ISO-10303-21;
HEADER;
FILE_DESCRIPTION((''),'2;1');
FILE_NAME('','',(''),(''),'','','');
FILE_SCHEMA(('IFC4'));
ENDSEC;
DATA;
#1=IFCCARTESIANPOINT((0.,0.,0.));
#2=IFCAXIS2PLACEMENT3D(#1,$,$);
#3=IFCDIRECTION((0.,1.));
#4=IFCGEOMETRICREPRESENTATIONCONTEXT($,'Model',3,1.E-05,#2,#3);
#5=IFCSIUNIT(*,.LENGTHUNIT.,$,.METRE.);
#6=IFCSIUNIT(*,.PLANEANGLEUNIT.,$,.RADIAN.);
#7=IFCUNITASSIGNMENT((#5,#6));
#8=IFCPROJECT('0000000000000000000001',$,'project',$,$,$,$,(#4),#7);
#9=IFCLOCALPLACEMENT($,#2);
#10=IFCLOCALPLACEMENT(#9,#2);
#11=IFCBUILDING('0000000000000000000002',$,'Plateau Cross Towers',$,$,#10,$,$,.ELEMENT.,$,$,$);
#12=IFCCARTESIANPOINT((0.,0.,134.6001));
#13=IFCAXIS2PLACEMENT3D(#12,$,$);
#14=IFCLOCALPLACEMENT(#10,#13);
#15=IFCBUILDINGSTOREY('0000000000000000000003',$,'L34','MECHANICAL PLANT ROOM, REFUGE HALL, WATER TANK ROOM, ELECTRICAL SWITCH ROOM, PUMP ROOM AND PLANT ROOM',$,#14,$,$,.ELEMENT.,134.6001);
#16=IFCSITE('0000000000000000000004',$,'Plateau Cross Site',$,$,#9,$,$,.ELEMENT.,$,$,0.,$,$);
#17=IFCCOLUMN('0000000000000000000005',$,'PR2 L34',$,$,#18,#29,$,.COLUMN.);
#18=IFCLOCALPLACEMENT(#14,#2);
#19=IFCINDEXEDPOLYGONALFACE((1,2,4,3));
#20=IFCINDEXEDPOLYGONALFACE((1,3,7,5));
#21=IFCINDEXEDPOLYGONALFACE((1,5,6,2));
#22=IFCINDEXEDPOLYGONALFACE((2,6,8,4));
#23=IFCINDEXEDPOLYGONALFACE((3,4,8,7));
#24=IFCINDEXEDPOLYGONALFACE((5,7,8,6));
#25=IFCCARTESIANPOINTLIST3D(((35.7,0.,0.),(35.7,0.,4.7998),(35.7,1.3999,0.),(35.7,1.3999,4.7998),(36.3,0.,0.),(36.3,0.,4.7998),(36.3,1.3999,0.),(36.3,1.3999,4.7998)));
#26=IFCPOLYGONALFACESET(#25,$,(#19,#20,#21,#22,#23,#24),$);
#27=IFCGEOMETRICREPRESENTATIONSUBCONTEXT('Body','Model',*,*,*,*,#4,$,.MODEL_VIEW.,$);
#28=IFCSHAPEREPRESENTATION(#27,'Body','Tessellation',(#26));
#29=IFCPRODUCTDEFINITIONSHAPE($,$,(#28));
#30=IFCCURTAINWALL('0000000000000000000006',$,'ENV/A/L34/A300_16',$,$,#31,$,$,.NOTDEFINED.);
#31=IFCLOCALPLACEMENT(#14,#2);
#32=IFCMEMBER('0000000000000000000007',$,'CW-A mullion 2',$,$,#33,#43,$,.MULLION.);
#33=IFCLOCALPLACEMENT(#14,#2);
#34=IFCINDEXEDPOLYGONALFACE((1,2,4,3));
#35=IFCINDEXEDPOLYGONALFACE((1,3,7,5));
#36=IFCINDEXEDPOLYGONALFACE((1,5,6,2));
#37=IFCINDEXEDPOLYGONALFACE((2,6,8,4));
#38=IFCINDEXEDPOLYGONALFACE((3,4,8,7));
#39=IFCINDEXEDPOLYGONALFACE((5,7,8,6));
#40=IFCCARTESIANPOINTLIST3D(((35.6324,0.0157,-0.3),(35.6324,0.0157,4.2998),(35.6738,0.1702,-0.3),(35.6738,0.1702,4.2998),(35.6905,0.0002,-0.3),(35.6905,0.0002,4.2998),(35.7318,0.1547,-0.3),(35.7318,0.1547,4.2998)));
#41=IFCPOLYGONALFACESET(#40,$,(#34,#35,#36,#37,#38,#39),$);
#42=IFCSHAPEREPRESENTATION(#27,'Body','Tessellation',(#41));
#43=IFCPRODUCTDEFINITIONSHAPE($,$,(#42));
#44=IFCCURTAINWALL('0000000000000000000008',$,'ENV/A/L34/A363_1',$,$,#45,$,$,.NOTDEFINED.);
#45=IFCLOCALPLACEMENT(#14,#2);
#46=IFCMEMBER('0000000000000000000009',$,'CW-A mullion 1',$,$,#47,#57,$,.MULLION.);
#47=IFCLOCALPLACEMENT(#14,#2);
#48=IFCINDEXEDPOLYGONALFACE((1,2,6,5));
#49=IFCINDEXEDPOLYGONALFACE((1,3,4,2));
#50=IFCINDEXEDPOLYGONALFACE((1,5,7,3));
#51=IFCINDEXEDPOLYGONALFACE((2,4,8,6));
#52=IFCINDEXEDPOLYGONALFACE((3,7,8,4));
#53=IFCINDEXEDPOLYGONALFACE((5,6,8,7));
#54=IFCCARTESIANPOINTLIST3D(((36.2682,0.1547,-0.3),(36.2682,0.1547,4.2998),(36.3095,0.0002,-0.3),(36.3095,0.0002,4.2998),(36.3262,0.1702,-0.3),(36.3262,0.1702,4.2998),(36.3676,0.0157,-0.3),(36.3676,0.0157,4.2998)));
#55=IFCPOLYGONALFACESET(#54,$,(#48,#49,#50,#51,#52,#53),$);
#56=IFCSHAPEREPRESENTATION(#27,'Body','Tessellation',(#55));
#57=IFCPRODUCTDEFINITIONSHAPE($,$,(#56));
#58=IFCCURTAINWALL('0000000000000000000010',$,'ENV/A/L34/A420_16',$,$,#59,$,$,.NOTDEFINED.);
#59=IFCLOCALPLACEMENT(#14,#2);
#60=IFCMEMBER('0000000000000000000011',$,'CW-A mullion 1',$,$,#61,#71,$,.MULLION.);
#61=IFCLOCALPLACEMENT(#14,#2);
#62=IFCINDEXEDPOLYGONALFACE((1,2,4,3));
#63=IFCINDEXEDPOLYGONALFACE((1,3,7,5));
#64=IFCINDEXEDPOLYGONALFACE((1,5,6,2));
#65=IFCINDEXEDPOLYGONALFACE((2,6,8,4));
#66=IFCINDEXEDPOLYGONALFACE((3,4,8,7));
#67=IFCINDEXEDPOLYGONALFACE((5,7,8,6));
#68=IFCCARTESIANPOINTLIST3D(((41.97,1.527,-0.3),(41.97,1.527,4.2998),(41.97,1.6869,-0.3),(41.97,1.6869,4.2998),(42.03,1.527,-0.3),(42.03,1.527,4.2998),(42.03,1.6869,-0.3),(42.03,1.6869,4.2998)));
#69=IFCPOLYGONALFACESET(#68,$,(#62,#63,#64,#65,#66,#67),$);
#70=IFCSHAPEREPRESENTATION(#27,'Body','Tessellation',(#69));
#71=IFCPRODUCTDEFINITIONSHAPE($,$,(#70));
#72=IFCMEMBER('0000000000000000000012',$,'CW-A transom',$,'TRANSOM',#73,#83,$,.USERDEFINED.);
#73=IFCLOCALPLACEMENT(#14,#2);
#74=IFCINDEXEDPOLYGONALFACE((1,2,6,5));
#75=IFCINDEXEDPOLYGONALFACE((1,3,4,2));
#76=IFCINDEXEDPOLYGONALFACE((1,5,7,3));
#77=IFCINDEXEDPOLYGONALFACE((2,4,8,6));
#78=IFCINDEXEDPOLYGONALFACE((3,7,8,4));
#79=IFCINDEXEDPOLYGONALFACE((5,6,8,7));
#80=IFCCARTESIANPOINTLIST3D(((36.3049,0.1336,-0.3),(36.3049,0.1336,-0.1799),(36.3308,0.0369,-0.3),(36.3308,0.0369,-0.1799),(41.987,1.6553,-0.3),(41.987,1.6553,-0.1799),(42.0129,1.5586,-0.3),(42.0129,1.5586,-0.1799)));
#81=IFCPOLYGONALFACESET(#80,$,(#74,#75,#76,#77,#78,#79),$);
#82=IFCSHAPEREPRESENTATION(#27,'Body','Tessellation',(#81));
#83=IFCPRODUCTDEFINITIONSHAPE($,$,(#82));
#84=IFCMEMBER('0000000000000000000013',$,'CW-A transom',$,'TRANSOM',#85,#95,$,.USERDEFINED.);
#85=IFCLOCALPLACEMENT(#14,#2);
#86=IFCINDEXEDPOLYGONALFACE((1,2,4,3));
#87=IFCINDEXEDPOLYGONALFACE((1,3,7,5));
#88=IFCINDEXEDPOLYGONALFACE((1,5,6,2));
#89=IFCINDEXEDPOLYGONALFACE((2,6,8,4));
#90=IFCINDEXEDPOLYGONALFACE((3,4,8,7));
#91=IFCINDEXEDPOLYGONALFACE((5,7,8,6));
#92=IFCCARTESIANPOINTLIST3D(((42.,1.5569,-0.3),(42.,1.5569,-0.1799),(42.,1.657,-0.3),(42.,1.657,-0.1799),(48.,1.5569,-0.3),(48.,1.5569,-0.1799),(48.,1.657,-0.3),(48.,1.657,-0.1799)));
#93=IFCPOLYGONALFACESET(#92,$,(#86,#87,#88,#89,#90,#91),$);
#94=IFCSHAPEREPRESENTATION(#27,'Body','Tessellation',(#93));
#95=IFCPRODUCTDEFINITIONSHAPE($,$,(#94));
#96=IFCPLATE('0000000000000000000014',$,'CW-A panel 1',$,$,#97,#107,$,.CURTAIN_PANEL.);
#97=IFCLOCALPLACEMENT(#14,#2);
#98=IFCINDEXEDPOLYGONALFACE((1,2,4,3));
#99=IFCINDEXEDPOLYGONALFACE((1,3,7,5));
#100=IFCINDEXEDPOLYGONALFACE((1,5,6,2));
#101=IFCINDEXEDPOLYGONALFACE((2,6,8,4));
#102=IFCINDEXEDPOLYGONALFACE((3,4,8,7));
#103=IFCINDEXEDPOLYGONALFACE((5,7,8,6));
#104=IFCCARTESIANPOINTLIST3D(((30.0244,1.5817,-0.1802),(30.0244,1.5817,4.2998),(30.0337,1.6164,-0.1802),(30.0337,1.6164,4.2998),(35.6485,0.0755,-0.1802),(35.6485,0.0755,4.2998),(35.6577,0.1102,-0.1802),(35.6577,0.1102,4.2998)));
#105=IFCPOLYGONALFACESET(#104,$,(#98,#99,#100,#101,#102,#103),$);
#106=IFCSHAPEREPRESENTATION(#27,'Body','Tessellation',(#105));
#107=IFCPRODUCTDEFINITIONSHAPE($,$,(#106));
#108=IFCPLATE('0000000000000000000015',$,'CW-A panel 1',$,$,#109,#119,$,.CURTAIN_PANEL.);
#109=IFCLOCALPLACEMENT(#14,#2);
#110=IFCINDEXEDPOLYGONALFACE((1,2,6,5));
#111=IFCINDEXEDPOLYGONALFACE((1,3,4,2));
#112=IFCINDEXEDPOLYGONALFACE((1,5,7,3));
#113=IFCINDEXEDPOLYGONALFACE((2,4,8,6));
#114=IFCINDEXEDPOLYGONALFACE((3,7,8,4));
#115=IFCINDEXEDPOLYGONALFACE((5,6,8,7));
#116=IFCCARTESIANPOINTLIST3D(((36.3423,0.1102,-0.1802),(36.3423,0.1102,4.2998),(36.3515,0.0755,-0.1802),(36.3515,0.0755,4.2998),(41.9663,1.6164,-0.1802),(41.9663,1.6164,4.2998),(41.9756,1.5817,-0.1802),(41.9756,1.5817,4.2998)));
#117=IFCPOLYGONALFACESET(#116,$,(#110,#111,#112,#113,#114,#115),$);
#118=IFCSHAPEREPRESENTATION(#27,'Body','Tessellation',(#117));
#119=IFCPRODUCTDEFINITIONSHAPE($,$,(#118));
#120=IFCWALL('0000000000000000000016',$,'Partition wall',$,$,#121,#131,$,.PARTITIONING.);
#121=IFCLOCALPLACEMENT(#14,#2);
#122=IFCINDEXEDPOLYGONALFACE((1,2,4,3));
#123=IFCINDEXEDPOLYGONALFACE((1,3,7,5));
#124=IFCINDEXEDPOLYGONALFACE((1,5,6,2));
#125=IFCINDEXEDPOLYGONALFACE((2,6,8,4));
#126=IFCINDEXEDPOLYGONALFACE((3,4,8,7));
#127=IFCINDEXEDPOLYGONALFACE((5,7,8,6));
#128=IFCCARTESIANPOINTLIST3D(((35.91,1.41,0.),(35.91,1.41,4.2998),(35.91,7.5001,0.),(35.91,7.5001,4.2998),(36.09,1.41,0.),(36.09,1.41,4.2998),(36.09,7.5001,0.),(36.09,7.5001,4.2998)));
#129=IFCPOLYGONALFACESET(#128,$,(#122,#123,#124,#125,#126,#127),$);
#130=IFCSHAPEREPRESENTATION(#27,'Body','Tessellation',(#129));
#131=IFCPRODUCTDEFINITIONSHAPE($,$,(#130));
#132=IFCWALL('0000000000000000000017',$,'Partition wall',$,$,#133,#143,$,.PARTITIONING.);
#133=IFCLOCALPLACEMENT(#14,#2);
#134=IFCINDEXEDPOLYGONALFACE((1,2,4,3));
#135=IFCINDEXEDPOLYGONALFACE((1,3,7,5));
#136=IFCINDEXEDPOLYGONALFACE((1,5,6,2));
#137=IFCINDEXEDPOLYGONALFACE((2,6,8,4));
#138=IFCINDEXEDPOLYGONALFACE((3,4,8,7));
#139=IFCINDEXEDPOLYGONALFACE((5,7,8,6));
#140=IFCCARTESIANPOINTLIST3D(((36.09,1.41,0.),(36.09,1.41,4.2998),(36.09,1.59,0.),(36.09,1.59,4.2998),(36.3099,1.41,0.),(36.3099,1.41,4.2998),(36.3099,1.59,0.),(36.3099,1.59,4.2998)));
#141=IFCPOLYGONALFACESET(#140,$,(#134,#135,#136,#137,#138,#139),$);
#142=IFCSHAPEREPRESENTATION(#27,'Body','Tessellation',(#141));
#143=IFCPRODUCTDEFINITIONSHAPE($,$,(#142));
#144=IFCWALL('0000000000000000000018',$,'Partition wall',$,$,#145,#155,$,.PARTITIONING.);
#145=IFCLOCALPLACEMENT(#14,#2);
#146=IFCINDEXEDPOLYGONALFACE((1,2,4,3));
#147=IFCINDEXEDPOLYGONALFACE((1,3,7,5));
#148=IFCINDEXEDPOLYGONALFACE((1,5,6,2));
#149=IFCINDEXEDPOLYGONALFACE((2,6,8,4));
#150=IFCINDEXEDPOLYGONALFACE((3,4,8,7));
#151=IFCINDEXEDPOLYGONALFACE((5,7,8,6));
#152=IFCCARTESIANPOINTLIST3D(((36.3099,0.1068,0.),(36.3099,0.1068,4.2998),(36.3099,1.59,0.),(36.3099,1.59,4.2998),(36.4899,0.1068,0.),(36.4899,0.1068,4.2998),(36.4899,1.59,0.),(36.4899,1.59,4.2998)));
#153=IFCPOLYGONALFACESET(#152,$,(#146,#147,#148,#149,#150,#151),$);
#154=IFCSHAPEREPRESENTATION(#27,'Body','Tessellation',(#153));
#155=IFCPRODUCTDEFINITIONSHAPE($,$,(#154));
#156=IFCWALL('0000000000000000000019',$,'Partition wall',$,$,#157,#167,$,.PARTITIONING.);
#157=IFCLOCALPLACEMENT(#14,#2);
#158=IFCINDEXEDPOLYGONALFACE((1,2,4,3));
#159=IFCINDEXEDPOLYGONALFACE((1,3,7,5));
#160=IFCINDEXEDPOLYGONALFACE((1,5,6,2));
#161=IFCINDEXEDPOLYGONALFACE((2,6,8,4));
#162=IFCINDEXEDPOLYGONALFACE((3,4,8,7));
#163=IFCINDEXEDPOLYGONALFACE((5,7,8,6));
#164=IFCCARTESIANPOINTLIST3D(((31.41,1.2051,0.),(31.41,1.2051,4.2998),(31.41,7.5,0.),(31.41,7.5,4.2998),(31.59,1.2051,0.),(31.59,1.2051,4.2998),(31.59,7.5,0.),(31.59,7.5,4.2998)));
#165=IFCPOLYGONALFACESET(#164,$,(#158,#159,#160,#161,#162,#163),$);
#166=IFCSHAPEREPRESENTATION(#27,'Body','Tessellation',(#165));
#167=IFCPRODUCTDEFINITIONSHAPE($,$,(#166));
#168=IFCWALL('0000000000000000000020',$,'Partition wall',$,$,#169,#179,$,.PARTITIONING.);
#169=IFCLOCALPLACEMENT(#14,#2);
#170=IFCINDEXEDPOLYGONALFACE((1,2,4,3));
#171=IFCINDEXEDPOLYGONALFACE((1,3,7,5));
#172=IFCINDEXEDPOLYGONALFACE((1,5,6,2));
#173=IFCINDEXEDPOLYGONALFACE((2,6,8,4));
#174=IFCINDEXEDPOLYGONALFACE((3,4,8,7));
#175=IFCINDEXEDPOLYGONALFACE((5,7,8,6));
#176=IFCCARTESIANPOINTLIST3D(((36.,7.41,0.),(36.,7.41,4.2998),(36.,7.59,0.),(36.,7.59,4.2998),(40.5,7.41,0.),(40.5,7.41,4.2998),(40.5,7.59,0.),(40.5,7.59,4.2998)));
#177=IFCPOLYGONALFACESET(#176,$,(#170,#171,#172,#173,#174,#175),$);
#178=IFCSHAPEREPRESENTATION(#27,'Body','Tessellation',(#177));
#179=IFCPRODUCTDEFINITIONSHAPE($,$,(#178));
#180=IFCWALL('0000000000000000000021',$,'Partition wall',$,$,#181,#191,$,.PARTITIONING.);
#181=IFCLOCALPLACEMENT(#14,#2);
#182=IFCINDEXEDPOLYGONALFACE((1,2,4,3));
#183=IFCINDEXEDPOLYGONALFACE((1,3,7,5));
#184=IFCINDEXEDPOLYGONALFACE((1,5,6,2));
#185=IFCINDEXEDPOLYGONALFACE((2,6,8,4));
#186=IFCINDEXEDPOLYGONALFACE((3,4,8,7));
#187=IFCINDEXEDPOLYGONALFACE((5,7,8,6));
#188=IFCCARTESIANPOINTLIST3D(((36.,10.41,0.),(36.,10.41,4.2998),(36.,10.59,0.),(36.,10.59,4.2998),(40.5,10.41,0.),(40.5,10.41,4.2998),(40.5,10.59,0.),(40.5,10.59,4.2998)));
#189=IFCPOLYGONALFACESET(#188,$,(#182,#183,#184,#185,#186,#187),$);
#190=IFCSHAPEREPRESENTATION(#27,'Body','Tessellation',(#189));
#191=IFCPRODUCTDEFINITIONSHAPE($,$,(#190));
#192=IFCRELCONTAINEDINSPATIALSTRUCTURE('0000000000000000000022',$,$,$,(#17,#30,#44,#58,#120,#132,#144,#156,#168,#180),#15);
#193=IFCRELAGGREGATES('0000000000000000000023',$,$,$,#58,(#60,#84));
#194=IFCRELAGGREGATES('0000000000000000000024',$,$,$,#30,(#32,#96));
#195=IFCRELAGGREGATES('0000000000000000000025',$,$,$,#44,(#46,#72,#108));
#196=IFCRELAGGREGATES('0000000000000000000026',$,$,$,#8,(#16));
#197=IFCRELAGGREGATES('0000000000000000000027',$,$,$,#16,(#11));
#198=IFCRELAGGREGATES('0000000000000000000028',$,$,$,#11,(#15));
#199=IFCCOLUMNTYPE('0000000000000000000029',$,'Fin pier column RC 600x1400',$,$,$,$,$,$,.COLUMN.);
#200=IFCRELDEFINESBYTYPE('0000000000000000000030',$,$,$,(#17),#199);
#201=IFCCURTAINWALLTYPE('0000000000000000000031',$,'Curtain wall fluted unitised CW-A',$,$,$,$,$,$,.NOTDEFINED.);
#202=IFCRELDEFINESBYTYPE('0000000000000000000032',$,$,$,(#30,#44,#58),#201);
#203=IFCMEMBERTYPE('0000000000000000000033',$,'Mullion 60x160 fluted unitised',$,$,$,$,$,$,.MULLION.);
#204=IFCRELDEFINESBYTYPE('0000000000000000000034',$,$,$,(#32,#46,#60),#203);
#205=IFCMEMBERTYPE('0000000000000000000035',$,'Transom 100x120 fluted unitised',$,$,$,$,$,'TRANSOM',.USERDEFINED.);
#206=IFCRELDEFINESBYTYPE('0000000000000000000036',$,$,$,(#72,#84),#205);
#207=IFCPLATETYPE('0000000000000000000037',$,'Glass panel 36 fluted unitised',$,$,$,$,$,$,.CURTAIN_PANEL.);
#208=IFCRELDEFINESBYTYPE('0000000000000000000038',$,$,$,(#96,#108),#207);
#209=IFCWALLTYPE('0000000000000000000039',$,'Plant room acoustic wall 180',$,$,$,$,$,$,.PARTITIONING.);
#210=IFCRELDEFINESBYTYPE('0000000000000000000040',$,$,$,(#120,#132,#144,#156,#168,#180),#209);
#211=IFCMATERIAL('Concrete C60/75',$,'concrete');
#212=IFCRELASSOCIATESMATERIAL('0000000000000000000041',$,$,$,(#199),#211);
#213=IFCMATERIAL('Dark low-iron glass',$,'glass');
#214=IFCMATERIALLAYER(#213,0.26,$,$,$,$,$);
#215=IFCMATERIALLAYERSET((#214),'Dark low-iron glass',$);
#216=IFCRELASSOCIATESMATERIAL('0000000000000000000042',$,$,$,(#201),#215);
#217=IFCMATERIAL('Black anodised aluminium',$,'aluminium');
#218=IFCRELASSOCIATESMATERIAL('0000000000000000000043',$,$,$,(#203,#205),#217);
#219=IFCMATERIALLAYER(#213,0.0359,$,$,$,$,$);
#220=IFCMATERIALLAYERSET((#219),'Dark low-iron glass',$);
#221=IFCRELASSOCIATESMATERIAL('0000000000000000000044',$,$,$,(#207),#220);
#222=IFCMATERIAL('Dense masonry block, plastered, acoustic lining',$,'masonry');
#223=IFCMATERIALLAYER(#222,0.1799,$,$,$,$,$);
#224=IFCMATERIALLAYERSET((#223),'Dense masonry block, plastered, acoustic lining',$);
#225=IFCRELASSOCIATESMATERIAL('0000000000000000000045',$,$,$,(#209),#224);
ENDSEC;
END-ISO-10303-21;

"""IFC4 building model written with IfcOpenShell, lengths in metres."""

from ifc_helpers import new_model, si_unit, direction, frame, frame_2d, origin, origin_2d, place, context, subcontext, project, spatial, rectangle, extrude, material, layer, layer_set, material_profile, profile_set, type_object, element, aggregate, save


model = new_model("IFC4")

# Units and contexts
model_context = context("Model", 3, precision=1e-05, world=origin(), true_north=direction((0.0, 1.0)))
body_context = subcontext(model_context, "Body", "Model", "MODEL_VIEW")
ifc_project = project(units=[si_unit("LENGTHUNIT", "METRE"), si_unit("PLANEANGLEUNIT", "RADIAN")], contexts=[model_context])

# Site, building, storey
site_placement = place(None, origin())
site = spatial("IfcSite", under=ifc_project, at=site_placement, Name="Plateau Cross Site", CompositionType="ELEMENT", RefElevation=0.0)
building_placement = place(site_placement, origin())
building = spatial("IfcBuilding", under=site, at=building_placement, Name="Plateau Cross Towers", CompositionType="ELEMENT")
storey_placement = place(building_placement, frame((0.0, 0.0, 134.6001)))
storey = spatial("IfcBuildingStorey", under=building, at=storey_placement, Name="L34", Description="MECHANICAL PLANT ROOM, REFUGE HALL, WATER TANK ROOM, ELECTRICAL SWITCH ROOM, PUMP ROOM AND PLANT ROOM", CompositionType="ELEMENT", Elevation=134.6001)

# Column
ifc_material_1 = material(Name="Concrete C60/75", Category="concrete")
ifc_material_profile_1 = material_profile(ifc_material_1, rectangle(XDim=0.6001, YDim=1.3999, at=origin_2d()), Name="RC 600x1400")
ifc_profile_set_1 = profile_set([ifc_material_profile_1], Name="Concrete C60/75")
column_type = type_object("IfcColumnType", Name="Fin pier column RC 600x1400", PredefinedType="COLUMN", material=ifc_profile_set_1)
column_placement = place(storey_placement, frame((36.0, 0.7, 0.0), z_axis=(0.0, 0.0, 1.0), x_axis=(1.0, 0.0, 0.0)))
element("IfcColumn", 1, at=column_placement, inside=storey, type_object=column_type, Name="PR2 L34", PredefinedType="COLUMN", context=body_context, shape_type="SweptSolid", body=[
    extrude(rectangle(XDim=0.6001, YDim=1.3999, at=origin_2d()), origin(), (0.0, 0.0, 1.0), 4.7998),
])

# Curtain walls, members
ifc_material_2 = material(Name="Dark low-iron glass", Category="glass")
ifc_layer_1 = layer(ifc_material_2, 0.26)
ifc_layer_set_1 = layer_set([ifc_layer_1], Name="Dark low-iron glass")
curtain_wall_type = type_object("IfcCurtainWallType", Name="Curtain wall fluted unitised CW-A", PredefinedType="NOTDEFINED", material=ifc_layer_set_1)
curtain_wall_1_placement = place(storey_placement, origin())
curtain_wall_1 = element("IfcCurtainWall", 2, at=curtain_wall_1_placement, inside=storey, type_object=curtain_wall_type, Name="ENV/A/L34/A300_16", PredefinedType="NOTDEFINED")
ifc_material_3 = material(Name="Black anodised aluminium", Category="aluminium")
ifc_material_profile_2 = material_profile(ifc_material_3, rectangle(XDim=0.0601, YDim=0.1599, at=origin_2d()), Name="MULLION 60x160")
ifc_profile_set_2 = profile_set([ifc_material_profile_2], Name="Black anodised aluminium")
member_type_1 = type_object("IfcMemberType", Name="Mullion 60x160 fluted unitised", PredefinedType="MULLION", material=ifc_profile_set_2)
member_1_placement = place(storey_placement, frame((35.6821, 0.0852, -0.3), z_axis=(0.0, 0.0, 1.0), x_axis=(0.965958, -0.258699, 0.0)))
member_1 = element("IfcMember", 3, at=member_1_placement, type_object=member_type_1, Name="CW-A mullion 2", PredefinedType="MULLION", context=body_context, shape_type="SweptSolid", body=[
    extrude(rectangle(XDim=0.0601, YDim=0.1599, at=origin_2d()), origin(), (0.0, 0.0, 1.0), 4.5999),
])
curtain_wall_2_placement = place(storey_placement, origin())
curtain_wall_2 = element("IfcCurtainWall", 4, at=curtain_wall_2_placement, inside=storey, type_object=curtain_wall_type, Name="ENV/A/L34/A363_1", PredefinedType="NOTDEFINED")
member_2_placement = place(storey_placement, frame((36.3179, 0.0852, -0.3), z_axis=(0.0, 0.0, 1.0), x_axis=(0.965958, 0.258699, 0.0)))
member_2 = element("IfcMember", 5, at=member_2_placement, type_object=member_type_1, Name="CW-A mullion 1", PredefinedType="MULLION", context=body_context, shape_type="SweptSolid", body=[
    extrude(rectangle(XDim=0.0601, YDim=0.1599, at=origin_2d()), origin(), (0.0, 0.0, 1.0), 4.5999),
])
curtain_wall_3_placement = place(storey_placement, origin())
curtain_wall_3 = element("IfcCurtainWall", 6, at=curtain_wall_3_placement, inside=storey, type_object=curtain_wall_type, Name="ENV/A/L34/A420_16", PredefinedType="NOTDEFINED")
member_3_placement = place(storey_placement, frame((42.0, 1.6069, -0.3), z_axis=(0.0, 0.0, 1.0), x_axis=(1.0, 0.0, 0.0)))
member_3 = element("IfcMember", 7, at=member_3_placement, type_object=member_type_1, Name="CW-A mullion 1", PredefinedType="MULLION", context=body_context, shape_type="SweptSolid", body=[
    extrude(rectangle(XDim=0.0601, YDim=0.1599, at=origin_2d()), origin(), (0.0, 0.0, 1.0), 4.5999),
])

# Members
ifc_material_profile_3 = material_profile(ifc_material_3, rectangle(XDim=0.1001, YDim=0.1201, at=origin_2d()), Name="TRANSOM 100x120")
ifc_profile_set_3 = profile_set([ifc_material_profile_3], Name="Black anodised aluminium")
member_type_2 = type_object("IfcMemberType", Name="Transom 100x120 fluted unitised", ElementType="TRANSOM", PredefinedType="USERDEFINED", material=ifc_profile_set_3)
member_4_placement = place(storey_placement, frame((36.3179, 0.0852, -0.24), z_axis=(0.96596, 0.258693, 0.0), x_axis=(-0.258693, 0.96596, 0.0)))
member_4 = element("IfcMember", 8, at=member_4_placement, type_object=member_type_2, Name="CW-A transom", ObjectType="TRANSOM", PredefinedType="USERDEFINED", context=body_context, shape_type="SweptSolid", body=[
    extrude(rectangle(XDim=0.1001, YDim=0.1201, at=origin_2d()), origin(), (0.0, 0.0, 1.0), 5.8823),
])
member_5_placement = place(storey_placement, frame((42.0, 1.6069, -0.24), z_axis=(1.0, 0.0, 0.0), x_axis=(0.0, 1.0, 0.0)))
member_5 = element("IfcMember", 9, at=member_5_placement, type_object=member_type_2, Name="CW-A transom", ObjectType="TRANSOM", PredefinedType="USERDEFINED", context=body_context, shape_type="SweptSolid", body=[
    extrude(rectangle(XDim=0.1001, YDim=0.1201, at=origin_2d()), origin(), (0.0, 0.0, 1.0), 6.0),
])
aggregate(curtain_wall_3, [member_3, member_5])

# Plates
ifc_layer_2 = layer(ifc_material_2, 0.0359)
ifc_layer_set_2 = layer_set([ifc_layer_2], Name="Dark low-iron glass")
plate_type = type_object("IfcPlateType", Name="Glass panel 36 fluted unitised", PredefinedType="CURTAIN_PANEL", material=ifc_layer_set_2)
plate_1_placement = place(storey_placement, frame((32.8411, 0.8459, -0.1802), z_axis=(0.0, 0.0, 1.0), x_axis=(0.965958, -0.258699, 0.0)))
plate_1 = element("IfcPlate", 10, at=plate_1_placement, type_object=plate_type, Name="CW-A panel 1", PredefinedType="CURTAIN_PANEL", context=body_context, shape_type="SweptSolid", body=[
    extrude(rectangle(XDim=5.8223, YDim=0.0359, at=origin_2d()), origin(), (0.0, 0.0, 1.0), 4.48),
])
aggregate(curtain_wall_1, [member_1, plate_1])
plate_2_placement = place(storey_placement, frame((39.1589, 0.8459, -0.1802), z_axis=(0.0, 0.0, 1.0), x_axis=(0.965958, 0.258699, 0.0)))
plate_2 = element("IfcPlate", 11, at=plate_2_placement, type_object=plate_type, Name="CW-A panel 1", PredefinedType="CURTAIN_PANEL", context=body_context, shape_type="SweptSolid", body=[
    extrude(rectangle(XDim=5.8223, YDim=0.0359, at=origin_2d()), origin(), (0.0, 0.0, 1.0), 4.48),
])
aggregate(curtain_wall_2, [member_2, member_4, plate_2])

# Walls
ifc_material_4 = material(Name="Dense masonry block, plastered, acoustic lining", Category="masonry")
ifc_layer_3 = layer(ifc_material_4, 0.1799)
ifc_layer_set_3 = layer_set([ifc_layer_3], Name="Dense masonry block, plastered, acoustic lining")
wall_type_1 = type_object("IfcWallType", Name="Plant room acoustic wall 180", PredefinedType="PARTITIONING", material=ifc_layer_set_3)
wall_1_placement = place(storey_placement, frame((36.0, 7.5, 0.0), z_axis=(0.0, 0.0, 1.0), x_axis=(0.0, -1.0, 0.0)))
element("IfcWall", 12, at=wall_1_placement, inside=storey, type_object=wall_type_1, Name="Partition wall", PredefinedType="PARTITIONING", context=body_context, shape_type="SweptSolid", body=[
    extrude(rectangle(XDim=6.0901, YDim=0.1799, at=frame_2d((3.0449, 0.0))), origin(), (0.0, 0.0, 1.0), 4.2998),
])
wall_2_placement = place(storey_placement, frame((36.0901, 1.5, 0.0), z_axis=(0.0, 0.0, 1.0), x_axis=(1.0, 0.0, 0.0)))
element("IfcWall", 13, at=wall_2_placement, inside=storey, type_object=wall_type_1, Name="Partition wall", PredefinedType="PARTITIONING", context=body_context, shape_type="SweptSolid", body=[
    extrude(rectangle(XDim=0.22, YDim=0.1799, at=frame_2d((0.1099, 0.0))), origin(), (0.0, 0.0, 1.0), 4.2998),
])
wall_3_placement = place(storey_placement, frame((36.3999, 1.5901, 0.0), z_axis=(0.0, 0.0, 1.0), x_axis=(0.0, -1.0, 0.0)))
element("IfcWall", 14, at=wall_3_placement, inside=storey, type_object=wall_type_1, Name="Partition wall", PredefinedType="PARTITIONING", context=body_context, shape_type="SweptSolid", body=[
    extrude(rectangle(XDim=1.4832, YDim=0.1799, at=frame_2d((0.7417, 0.0))), origin(), (0.0, 0.0, 1.0), 4.2998),
])

# Walls
wall_4_placement = place(storey_placement, frame((31.5, 7.5, 0.0), z_axis=(0.0, 0.0, 1.0), x_axis=(0.0, -1.0, 0.0)))
element("IfcWall", 15, at=wall_4_placement, inside=storey, type_object=wall_type_1, Name="Partition wall", PredefinedType="PARTITIONING", context=body_context, shape_type="SweptSolid", body=[
    extrude(rectangle(XDim=6.2949, YDim=0.1799, at=frame_2d((3.1475, 0.0))), origin(), (0.0, 0.0, 1.0), 4.2998),
])
for number, where, z_axis, x_axis, name in (
    (16, (40.5, 7.5, 0.0), (0.0, 0.0, 1.0), (-1.0, 0.0, 0.0), "Partition wall"),
    (17, (36.0, 10.5, 0.0), (0.0, 0.0, 1.0), (1.0, 0.0, 0.0), "Partition wall"),
):
    element("IfcWall", number, at=place(storey_placement, frame(where, z_axis=z_axis, x_axis=x_axis)), inside=storey, type_object=wall_type_1, Name=name, PredefinedType="PARTITIONING", context=body_context, shape_type="SweptSolid", body=[
        extrude(rectangle(XDim=4.5, YDim=0.1799, at=frame_2d((2.25, 0.0))), origin(), (0.0, 0.0, 1.0), 4.2998),
    ])

save(model, "model.ifc")
